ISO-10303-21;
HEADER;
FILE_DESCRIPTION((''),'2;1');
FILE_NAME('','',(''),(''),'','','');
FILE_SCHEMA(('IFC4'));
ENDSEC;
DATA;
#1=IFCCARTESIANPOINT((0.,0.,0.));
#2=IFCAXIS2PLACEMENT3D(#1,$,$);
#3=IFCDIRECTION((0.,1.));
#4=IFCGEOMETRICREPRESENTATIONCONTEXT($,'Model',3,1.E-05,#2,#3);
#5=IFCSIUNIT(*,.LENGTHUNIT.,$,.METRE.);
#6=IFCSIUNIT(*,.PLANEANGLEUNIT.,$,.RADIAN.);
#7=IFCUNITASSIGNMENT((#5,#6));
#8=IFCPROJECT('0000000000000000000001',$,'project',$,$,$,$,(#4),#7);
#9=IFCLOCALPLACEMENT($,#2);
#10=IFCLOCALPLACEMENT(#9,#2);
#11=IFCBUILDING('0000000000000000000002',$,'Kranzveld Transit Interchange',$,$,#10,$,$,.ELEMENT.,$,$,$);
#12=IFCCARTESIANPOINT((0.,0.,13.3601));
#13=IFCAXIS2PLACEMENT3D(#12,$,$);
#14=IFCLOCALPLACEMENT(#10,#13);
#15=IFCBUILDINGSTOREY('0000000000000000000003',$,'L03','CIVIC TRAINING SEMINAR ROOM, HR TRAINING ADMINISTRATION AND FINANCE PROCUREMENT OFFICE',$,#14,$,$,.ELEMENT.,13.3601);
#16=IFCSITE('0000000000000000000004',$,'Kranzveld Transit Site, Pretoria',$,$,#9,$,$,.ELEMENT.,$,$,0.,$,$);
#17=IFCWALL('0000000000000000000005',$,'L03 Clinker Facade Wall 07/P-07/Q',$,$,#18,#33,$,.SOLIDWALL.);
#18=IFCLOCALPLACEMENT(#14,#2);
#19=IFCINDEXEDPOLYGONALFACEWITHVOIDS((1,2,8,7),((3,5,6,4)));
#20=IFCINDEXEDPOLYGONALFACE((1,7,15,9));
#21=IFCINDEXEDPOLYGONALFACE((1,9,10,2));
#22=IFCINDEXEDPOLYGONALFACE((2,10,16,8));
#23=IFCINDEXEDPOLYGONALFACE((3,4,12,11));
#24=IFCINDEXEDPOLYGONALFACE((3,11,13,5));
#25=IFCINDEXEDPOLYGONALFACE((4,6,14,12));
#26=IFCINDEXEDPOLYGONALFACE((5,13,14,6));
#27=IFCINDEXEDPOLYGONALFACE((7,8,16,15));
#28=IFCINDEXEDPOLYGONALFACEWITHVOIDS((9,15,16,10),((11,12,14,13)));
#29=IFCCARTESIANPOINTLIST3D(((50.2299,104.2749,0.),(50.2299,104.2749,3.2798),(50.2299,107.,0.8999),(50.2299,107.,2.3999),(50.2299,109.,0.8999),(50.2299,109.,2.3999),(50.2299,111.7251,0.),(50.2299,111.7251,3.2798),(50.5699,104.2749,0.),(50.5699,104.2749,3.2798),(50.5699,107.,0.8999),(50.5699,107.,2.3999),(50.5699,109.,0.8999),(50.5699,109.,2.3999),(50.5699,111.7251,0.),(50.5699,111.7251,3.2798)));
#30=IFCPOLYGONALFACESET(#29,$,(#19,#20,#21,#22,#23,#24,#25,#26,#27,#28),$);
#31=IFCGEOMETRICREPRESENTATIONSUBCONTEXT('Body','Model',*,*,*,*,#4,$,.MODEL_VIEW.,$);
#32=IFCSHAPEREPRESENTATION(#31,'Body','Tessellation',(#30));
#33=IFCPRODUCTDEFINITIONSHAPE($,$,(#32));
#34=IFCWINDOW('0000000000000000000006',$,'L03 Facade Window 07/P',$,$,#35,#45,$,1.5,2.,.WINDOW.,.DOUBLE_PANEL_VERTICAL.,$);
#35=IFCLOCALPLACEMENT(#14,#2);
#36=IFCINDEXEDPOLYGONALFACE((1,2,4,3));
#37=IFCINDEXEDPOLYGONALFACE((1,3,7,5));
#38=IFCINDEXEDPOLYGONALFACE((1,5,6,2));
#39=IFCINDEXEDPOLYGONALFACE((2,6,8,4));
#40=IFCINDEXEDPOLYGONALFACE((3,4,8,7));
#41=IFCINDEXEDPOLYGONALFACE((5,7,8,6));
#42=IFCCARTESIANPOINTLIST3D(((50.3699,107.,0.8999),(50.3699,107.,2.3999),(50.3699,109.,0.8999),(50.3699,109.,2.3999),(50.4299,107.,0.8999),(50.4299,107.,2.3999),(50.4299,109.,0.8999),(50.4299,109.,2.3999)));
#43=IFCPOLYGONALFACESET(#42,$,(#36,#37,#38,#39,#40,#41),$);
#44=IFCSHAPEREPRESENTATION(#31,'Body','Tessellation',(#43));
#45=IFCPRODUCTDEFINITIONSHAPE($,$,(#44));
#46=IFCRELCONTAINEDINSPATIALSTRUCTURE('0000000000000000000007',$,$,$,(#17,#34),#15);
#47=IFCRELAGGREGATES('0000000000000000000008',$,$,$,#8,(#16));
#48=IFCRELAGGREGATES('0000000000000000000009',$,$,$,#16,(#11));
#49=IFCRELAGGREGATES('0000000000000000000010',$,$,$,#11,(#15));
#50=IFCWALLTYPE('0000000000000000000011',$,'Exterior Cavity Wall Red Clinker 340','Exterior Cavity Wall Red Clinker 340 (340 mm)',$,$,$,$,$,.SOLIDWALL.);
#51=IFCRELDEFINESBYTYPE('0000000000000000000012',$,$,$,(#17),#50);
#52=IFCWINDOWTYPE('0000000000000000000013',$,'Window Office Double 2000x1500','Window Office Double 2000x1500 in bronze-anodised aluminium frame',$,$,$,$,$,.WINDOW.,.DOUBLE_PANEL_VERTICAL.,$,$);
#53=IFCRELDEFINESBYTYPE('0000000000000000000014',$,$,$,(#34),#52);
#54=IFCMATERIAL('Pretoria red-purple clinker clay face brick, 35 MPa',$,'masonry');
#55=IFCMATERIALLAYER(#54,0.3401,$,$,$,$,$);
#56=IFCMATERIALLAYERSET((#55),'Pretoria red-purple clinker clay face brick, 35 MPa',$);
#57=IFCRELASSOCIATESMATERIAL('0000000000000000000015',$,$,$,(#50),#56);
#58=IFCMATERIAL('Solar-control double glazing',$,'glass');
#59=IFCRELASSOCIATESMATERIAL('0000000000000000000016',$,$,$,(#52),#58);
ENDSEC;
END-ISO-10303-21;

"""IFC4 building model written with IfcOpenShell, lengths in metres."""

from ifc_helpers import new_model, si_unit, direction, frame, frame_2d, origin, place, context, subcontext, project, spatial, rectangle, extrude, material, layer, layer_set, type_object, element, fill, save


model = new_model("IFC4")

# Units and contexts
model_context = context("Model", 3, precision=1e-05, world=origin(), true_north=direction((0.0, 1.0)))
body_context = subcontext(model_context, "Body", "Model", "MODEL_VIEW")
ifc_project = project(units=[si_unit("LENGTHUNIT", "METRE"), si_unit("PLANEANGLEUNIT", "RADIAN")], contexts=[model_context])

# Site, building, storey
site_placement = place(None, origin())
site = spatial("IfcSite", under=ifc_project, at=site_placement, Name="Kranzveld Transit Site, Pretoria", CompositionType="ELEMENT", RefElevation=0.0)
building_placement = place(site_placement, origin())
building = spatial("IfcBuilding", under=site, at=building_placement, Name="Kranzveld Transit Interchange", CompositionType="ELEMENT")
storey_placement = place(building_placement, frame((0.0, 0.0, 13.3601)))
storey = spatial("IfcBuildingStorey", under=building, at=storey_placement, Name="L03", Description="CIVIC TRAINING SEMINAR ROOM, HR TRAINING ADMINISTRATION AND FINANCE PROCUREMENT OFFICE", CompositionType="ELEMENT", Elevation=13.3601)

# Wall, opening, window
ifc_material_1 = material(Name="Pretoria red-purple clinker clay face brick, 35 MPa", Category="masonry")
ifc_layer_1 = layer(ifc_material_1, 0.3401)
ifc_layer_set_1 = layer_set([ifc_layer_1], Name="Pretoria red-purple clinker clay face brick, 35 MPa")
wall_type = type_object("IfcWallType", Name="Exterior Cavity Wall Red Clinker 340", Description="Exterior Cavity Wall Red Clinker 340 (340 mm)", PredefinedType="SOLIDWALL", material=ifc_layer_set_1)
wall_1_placement = place(storey_placement, frame((50.3999, 104.2749, 0.0), z_axis=(0.0, 0.0, 1.0), x_axis=(0.0, 1.0, 0.0)))
wall_1 = element("IfcWall", 1, at=wall_1_placement, inside=storey, type_object=wall_type, Name="L03 Clinker Facade Wall 07/P-07/Q", PredefinedType="SOLIDWALL", context=body_context, shape_type="SweptSolid", body=[
    extrude(rectangle(XDim=7.4502, YDim=0.3401, at=frame_2d((3.7251, 0.0))), origin(), (0.0, 0.0, 1.0), 3.2798),
])
opening_1_placement = place(wall_1_placement, frame((2.7251, 0.0, 0.8999), z_axis=(0.0, 0.0, 1.0), x_axis=(1.0, 0.0, 0.0)))
opening_1 = element("IfcOpeningElement", 2, at=opening_1_placement, cuts=wall_1, PredefinedType="OPENING", context=body_context, shape_type="SweptSolid", body=[
    extrude(rectangle(XDim=2.0, YDim=1.5, at=frame_2d((1.0, 0.75))), frame((0.0, 0.1799, 0.0), z_axis=(0.0, -1.0, 0.0), x_axis=(1.0, 0.0, 0.0)), (0.0, 0.0, 1.0), 0.3601),
])
ifc_material_2 = material(Name="Solar-control double glazing", Category="glass")
window_type_1 = type_object("IfcWindowType", Name="Window Office Double 2000x1500", Description="Window Office Double 2000x1500 in bronze-anodised aluminium frame", PartitioningType="DOUBLE_PANEL_VERTICAL", PredefinedType="WINDOW", material=ifc_material_2)
window_1_placement = place(opening_1_placement, origin())
window_1 = element("IfcWindow", 3, at=window_1_placement, inside=storey, type_object=window_type_1, Name="L03 Facade Window 07/P", OverallHeight=1.5, OverallWidth=2.0, PartitioningType="DOUBLE_PANEL_VERTICAL", PredefinedType="WINDOW", context=body_context, shape_type="SweptSolid", body=[
    extrude(rectangle(XDim=2.0, YDim=1.5, at=frame_2d((1.0, 0.75))), frame((0.0, 0.03, 0.0), z_axis=(0.0, -1.0, 0.0), x_axis=(1.0, 0.0, 0.0)), (0.0, 0.0, 1.0), 0.0601),
])
fill(opening_1, window_1)

save(model, "model.ifc")
